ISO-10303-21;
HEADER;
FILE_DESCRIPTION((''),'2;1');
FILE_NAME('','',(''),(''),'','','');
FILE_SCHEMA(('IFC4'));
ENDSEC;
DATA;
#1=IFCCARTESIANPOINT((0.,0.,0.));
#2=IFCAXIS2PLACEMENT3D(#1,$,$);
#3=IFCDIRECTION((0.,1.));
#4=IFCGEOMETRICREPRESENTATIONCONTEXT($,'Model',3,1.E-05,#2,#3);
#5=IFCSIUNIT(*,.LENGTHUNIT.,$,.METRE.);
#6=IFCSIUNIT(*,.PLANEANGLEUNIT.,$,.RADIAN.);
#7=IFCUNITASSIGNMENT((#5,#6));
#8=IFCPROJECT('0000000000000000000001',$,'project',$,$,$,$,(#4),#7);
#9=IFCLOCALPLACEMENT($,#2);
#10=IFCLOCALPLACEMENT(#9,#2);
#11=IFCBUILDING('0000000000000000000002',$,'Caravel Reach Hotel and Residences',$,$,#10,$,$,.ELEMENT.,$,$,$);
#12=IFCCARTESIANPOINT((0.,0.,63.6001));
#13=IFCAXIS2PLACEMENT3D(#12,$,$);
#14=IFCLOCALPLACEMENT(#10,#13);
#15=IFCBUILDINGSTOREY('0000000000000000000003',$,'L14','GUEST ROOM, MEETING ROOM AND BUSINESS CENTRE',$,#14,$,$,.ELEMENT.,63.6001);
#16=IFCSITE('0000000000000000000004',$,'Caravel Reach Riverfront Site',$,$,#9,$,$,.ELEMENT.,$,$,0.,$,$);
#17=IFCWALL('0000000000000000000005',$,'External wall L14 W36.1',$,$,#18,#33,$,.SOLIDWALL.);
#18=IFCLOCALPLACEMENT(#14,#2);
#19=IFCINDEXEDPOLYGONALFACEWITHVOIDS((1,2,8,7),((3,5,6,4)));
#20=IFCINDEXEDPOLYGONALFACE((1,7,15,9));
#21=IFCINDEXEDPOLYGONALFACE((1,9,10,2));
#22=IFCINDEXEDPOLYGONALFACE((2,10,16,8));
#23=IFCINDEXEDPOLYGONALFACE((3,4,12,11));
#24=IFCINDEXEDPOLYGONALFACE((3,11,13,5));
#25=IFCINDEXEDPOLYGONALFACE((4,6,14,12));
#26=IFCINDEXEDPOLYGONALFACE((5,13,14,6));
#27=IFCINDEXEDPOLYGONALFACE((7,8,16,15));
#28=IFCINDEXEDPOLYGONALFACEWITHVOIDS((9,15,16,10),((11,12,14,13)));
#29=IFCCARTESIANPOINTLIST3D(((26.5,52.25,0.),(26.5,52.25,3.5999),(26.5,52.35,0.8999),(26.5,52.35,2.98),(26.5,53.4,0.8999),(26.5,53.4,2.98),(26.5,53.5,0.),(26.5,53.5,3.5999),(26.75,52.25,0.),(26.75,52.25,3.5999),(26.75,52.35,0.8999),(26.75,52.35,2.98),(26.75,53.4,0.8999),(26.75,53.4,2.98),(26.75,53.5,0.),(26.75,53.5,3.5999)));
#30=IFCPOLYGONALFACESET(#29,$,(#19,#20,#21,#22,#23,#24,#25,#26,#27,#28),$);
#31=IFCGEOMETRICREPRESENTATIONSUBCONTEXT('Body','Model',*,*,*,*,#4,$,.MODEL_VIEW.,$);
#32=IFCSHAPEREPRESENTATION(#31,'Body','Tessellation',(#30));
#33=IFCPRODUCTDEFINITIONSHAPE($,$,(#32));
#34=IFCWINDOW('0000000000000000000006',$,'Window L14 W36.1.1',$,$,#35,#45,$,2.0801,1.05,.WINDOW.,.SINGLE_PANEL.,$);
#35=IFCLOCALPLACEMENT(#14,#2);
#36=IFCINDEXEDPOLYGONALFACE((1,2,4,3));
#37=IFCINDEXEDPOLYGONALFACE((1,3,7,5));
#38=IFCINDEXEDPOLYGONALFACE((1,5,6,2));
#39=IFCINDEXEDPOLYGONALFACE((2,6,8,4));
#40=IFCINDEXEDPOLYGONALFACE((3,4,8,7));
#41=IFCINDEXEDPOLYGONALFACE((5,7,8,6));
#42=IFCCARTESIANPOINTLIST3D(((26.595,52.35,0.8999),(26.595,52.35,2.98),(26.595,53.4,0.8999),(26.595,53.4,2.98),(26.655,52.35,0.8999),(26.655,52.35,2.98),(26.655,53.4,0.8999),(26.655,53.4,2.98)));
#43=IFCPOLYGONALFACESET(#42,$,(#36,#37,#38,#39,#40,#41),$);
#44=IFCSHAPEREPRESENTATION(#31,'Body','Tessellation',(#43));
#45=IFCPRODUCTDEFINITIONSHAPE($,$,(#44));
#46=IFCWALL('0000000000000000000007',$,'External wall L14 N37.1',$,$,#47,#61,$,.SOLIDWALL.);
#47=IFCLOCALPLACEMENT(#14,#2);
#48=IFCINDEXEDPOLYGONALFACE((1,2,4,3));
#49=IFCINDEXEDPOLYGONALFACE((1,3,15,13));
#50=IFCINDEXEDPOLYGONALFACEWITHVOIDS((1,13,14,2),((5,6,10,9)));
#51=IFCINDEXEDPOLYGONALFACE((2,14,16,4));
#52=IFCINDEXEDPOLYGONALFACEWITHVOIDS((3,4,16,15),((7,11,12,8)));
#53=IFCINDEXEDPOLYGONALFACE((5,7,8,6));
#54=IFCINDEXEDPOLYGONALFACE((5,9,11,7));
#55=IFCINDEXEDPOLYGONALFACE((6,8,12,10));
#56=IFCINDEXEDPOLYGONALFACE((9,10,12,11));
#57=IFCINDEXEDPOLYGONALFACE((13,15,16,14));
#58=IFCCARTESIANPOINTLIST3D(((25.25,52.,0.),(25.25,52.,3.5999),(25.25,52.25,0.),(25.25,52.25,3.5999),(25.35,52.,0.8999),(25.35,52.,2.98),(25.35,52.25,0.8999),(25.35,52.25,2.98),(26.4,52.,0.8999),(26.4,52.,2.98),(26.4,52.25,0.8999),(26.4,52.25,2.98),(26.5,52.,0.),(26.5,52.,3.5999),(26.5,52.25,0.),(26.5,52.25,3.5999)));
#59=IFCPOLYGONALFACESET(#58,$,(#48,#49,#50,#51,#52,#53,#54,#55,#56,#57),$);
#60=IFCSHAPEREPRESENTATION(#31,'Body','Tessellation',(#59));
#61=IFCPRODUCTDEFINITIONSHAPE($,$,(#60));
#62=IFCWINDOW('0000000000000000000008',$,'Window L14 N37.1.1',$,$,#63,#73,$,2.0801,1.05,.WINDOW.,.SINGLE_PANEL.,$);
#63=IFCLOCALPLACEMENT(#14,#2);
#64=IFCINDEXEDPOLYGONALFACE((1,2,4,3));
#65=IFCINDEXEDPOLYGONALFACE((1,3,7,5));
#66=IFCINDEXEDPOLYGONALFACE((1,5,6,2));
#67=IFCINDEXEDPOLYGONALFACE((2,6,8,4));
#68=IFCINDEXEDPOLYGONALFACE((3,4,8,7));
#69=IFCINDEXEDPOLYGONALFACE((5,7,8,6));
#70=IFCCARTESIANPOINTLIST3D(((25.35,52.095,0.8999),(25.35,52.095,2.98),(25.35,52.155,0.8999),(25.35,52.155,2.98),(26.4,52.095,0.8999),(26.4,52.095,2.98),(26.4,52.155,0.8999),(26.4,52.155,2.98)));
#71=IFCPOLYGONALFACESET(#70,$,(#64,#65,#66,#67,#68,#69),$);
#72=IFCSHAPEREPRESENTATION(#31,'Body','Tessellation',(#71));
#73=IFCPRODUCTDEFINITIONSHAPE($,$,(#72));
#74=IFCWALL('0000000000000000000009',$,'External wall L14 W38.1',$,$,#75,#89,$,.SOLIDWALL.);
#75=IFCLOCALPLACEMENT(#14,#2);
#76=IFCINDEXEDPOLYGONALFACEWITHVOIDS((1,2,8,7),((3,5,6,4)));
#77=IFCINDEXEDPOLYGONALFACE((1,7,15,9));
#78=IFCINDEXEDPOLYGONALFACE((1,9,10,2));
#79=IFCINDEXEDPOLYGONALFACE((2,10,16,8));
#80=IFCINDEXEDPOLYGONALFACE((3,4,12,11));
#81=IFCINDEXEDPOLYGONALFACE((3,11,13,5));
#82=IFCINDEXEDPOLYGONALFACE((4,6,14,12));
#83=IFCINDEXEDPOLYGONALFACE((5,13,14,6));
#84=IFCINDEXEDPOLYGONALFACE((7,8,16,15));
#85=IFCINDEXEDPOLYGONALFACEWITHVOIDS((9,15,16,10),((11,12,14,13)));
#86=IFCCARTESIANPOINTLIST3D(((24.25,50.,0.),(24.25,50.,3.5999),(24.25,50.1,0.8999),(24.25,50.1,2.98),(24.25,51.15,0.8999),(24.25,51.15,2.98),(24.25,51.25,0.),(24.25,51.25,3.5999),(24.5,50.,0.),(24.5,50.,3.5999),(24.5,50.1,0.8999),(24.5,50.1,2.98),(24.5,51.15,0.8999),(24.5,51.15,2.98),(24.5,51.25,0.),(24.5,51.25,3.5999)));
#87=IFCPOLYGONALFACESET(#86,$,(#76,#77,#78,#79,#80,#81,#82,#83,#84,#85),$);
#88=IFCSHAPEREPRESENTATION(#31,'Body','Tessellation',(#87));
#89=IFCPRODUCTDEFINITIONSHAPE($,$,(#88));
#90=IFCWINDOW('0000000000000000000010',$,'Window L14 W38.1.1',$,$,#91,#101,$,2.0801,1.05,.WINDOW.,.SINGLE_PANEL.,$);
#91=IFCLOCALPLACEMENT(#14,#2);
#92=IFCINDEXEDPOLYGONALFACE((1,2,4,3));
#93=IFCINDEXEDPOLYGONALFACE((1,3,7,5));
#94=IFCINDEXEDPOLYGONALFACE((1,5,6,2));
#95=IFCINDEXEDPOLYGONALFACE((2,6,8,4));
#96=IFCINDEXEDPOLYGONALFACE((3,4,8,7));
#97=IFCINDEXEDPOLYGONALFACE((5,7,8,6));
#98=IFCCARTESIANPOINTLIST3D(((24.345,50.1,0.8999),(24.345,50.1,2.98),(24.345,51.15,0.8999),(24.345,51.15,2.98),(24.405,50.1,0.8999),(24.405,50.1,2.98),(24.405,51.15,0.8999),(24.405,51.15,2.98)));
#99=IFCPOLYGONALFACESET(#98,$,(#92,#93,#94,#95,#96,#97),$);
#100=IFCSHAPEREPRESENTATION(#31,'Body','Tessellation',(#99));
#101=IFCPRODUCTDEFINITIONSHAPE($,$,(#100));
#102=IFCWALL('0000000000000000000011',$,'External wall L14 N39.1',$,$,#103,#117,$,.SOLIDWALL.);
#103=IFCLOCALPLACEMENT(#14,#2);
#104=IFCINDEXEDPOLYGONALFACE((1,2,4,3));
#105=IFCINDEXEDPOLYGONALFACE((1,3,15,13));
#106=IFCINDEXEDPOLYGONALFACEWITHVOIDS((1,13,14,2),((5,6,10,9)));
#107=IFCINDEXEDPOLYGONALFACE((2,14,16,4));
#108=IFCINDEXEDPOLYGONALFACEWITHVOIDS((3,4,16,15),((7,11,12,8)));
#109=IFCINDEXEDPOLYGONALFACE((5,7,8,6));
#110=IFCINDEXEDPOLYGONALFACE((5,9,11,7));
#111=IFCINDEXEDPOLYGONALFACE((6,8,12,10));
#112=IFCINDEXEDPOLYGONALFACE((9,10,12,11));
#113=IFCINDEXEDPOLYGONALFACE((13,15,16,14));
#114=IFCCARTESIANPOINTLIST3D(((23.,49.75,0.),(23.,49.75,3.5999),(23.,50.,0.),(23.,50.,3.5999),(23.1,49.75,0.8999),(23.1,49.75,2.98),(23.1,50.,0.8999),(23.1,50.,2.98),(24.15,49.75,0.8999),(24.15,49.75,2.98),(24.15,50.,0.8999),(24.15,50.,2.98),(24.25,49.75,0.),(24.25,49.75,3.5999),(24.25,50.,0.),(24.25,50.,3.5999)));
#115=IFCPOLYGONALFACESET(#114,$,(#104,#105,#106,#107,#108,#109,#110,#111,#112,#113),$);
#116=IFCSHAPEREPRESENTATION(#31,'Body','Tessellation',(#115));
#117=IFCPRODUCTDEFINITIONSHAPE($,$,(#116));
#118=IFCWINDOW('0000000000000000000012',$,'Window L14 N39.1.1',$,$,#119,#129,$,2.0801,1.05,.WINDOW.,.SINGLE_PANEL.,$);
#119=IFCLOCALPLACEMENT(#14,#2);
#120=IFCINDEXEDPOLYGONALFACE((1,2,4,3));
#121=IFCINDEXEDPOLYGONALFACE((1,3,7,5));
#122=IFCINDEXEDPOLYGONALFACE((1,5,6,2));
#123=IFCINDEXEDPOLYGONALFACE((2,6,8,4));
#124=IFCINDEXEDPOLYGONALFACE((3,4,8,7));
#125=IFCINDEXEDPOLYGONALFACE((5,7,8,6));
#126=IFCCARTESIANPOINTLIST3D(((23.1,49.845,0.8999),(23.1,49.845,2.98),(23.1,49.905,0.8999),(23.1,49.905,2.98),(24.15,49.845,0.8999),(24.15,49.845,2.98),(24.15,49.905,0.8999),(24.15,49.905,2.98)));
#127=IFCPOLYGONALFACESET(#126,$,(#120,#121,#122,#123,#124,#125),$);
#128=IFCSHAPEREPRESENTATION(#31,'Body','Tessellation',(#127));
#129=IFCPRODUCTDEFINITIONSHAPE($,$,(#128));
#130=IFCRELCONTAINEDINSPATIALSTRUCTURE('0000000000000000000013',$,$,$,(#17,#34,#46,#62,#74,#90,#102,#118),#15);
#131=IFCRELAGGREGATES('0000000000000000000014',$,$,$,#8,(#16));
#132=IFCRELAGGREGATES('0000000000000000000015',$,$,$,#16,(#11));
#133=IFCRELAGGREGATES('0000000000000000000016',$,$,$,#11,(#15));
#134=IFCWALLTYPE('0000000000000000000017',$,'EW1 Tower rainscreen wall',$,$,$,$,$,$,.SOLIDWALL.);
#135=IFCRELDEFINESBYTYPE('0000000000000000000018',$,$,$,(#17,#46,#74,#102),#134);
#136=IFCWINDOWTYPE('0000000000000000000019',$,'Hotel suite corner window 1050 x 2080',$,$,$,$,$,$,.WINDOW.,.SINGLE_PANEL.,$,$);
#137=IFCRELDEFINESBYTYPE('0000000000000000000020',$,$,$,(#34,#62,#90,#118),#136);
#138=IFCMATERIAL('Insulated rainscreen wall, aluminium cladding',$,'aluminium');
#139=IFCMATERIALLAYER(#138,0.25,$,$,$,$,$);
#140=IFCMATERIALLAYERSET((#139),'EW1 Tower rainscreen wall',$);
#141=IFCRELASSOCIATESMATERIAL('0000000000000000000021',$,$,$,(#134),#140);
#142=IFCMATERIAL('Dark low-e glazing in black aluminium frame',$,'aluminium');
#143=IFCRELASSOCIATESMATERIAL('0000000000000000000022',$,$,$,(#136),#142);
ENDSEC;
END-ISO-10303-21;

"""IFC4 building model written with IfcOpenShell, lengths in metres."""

from ifc_helpers import new_model, si_unit, direction, frame, frame_2d, origin, place, context, subcontext, project, spatial, rectangle, extrude, material, layer, layer_set, type_object, element, fill, save


model = new_model("IFC4")

# Units and contexts
model_context = context("Model", 3, precision=1e-05, world=origin(), true_north=direction((0.0, 1.0)))
body_context = subcontext(model_context, "Body", "Model", "MODEL_VIEW")
ifc_project = project(units=[si_unit("LENGTHUNIT", "METRE"), si_unit("PLANEANGLEUNIT", "RADIAN")], contexts=[model_context])

# Site, building, storey
site_placement = place(None, origin())
site = spatial("IfcSite", under=ifc_project, at=site_placement, Name="Caravel Reach Riverfront Site", CompositionType="ELEMENT", RefElevation=0.0)
building_placement = place(site_placement, origin())
building = spatial("IfcBuilding", under=site, at=building_placement, Name="Caravel Reach Hotel and Residences", CompositionType="ELEMENT")
storey_placement = place(building_placement, frame((0.0, 0.0, 63.6001)))
storey = spatial("IfcBuildingStorey", under=building, at=storey_placement, Name="L14", Description="GUEST ROOM, MEETING ROOM AND BUSINESS CENTRE", CompositionType="ELEMENT", Elevation=63.6001)

# Walls, openings, windows
ifc_material_1 = material(Name="Insulated rainscreen wall, aluminium cladding", Category="aluminium")
ifc_layer_1 = layer(ifc_material_1, 0.25)
ifc_layer_set_1 = layer_set([ifc_layer_1], Name="EW1 Tower rainscreen wall")
wall_type_1 = type_object("IfcWallType", Name="EW1 Tower rainscreen wall", PredefinedType="SOLIDWALL", material=ifc_layer_set_1)
wall_1_placement = place(storey_placement, frame((26.625, 53.5, 0.0), z_axis=(0.0, 0.0, 1.0), x_axis=(0.0, -1.0, 0.0)))
wall_1 = element("IfcWall", 1, at=wall_1_placement, inside=storey, type_object=wall_type_1, Name="External wall L14 W36.1", PredefinedType="SOLIDWALL", context=body_context, shape_type="SweptSolid", body=[
    extrude(rectangle(XDim=1.25, YDim=0.25, at=frame_2d((0.625, 0.0))), origin(), (0.0, 0.0, 1.0), 3.5999),
])
opening_1_placement = place(wall_1_placement, frame((0.1001, 0.0, 0.8999)))
opening_1 = element("IfcOpeningElement", 2, at=opening_1_placement, cuts=wall_1, PredefinedType="OPENING", context=body_context, shape_type="SweptSolid", body=[
    extrude(rectangle(XDim=1.05, YDim=2.0801, at=frame_2d((0.5249, 1.04))), frame((0.0, 0.135, 0.0), z_axis=(0.0, -1.0, 0.0), x_axis=(1.0, 0.0, 0.0)), (0.0, 0.0, 1.0), 0.27),
])
ifc_material_2 = material(Name="Dark low-e glazing in black aluminium frame", Category="aluminium")
window_type_1 = type_object("IfcWindowType", Name="Hotel suite corner window 1050 x 2080", PartitioningType="SINGLE_PANEL", PredefinedType="WINDOW", material=ifc_material_2)
window_1_placement = place(opening_1_placement, origin())
window_1 = element("IfcWindow", 3, at=window_1_placement, inside=storey, type_object=window_type_1, Name="Window L14 W36.1.1", OverallHeight=2.0801, OverallWidth=1.05, PartitioningType="SINGLE_PANEL", PredefinedType="WINDOW", context=body_context, shape_type="SweptSolid", body=[
    extrude(rectangle(XDim=1.05, YDim=2.0801, at=frame_2d((0.5249, 1.04))), frame((0.0, 0.03, 0.0), z_axis=(0.0, -1.0, 0.0), x_axis=(1.0, 0.0, 0.0)), (0.0, 0.0, 1.0), 0.0601),
])
fill(opening_1, window_1)
wall_2_placement = place(storey_placement, frame((26.5, 52.125, 0.0), z_axis=(0.0, 0.0, 1.0), x_axis=(-1.0, 0.0, 0.0)))
wall_2 = element("IfcWall", 4, at=wall_2_placement, inside=storey, type_object=wall_type_1, Name="External wall L14 N37.1", PredefinedType="SOLIDWALL", context=body_context, shape_type="SweptSolid", body=[
    extrude(rectangle(XDim=1.25, YDim=0.25, at=frame_2d((0.625, 0.0))), origin(), (0.0, 0.0, 1.0), 3.5999),
])
opening_2_placement = place(wall_2_placement, frame((0.1001, 0.0, 0.8999)))
opening_2 = element("IfcOpeningElement", 5, at=opening_2_placement, cuts=wall_2, PredefinedType="OPENING", context=body_context, shape_type="SweptSolid", body=[
    extrude(rectangle(XDim=1.05, YDim=2.0801, at=frame_2d((0.5249, 1.04))), frame((0.0, 0.135, 0.0), z_axis=(0.0, -1.0, 0.0), x_axis=(1.0, 0.0, 0.0)), (0.0, 0.0, 1.0), 0.27),
])
window_2_placement = place(opening_2_placement, origin())
window_2 = element("IfcWindow", 6, at=window_2_placement, inside=storey, type_object=window_type_1, Name="Window L14 N37.1.1", OverallHeight=2.0801, OverallWidth=1.05, PartitioningType="SINGLE_PANEL", PredefinedType="WINDOW", context=body_context, shape_type="SweptSolid", body=[
    extrude(rectangle(XDim=1.05, YDim=2.0801, at=frame_2d((0.5249, 1.04))), frame((0.0, 0.03, 0.0), z_axis=(0.0, -1.0, 0.0), x_axis=(1.0, 0.0, 0.0)), (0.0, 0.0, 1.0), 0.0601),
])
fill(opening_2, window_2)
wall_3_placement = place(storey_placement, frame((24.375, 51.25, 0.0), z_axis=(0.0, 0.0, 1.0), x_axis=(0.0, -1.0, 0.0)))
wall_3 = element("IfcWall", 7, at=wall_3_placement, inside=storey, type_object=wall_type_1, Name="External wall L14 W38.1", PredefinedType="SOLIDWALL", context=body_context, shape_type="SweptSolid", body=[
    extrude(rectangle(XDim=1.25, YDim=0.25, at=frame_2d((0.625, 0.0))), origin(), (0.0, 0.0, 1.0), 3.5999),
])
opening_3_placement = place(wall_3_placement, frame((0.1001, 0.0, 0.8999)))
opening_3 = element("IfcOpeningElement", 8, at=opening_3_placement, cuts=wall_3, PredefinedType="OPENING", context=body_context, shape_type="SweptSolid", body=[
    extrude(rectangle(XDim=1.05, YDim=2.0801, at=frame_2d((0.5249, 1.04))), frame((0.0, 0.135, 0.0), z_axis=(0.0, -1.0, 0.0), x_axis=(1.0, 0.0, 0.0)), (0.0, 0.0, 1.0), 0.27),
])
window_3_placement = place(opening_3_placement, origin())
window_3 = element("IfcWindow", 9, at=window_3_placement, inside=storey, type_object=window_type_1, Name="Window L14 W38.1.1", OverallHeight=2.0801, OverallWidth=1.05, PartitioningType="SINGLE_PANEL", PredefinedType="WINDOW", context=body_context, shape_type="SweptSolid", body=[
    extrude(rectangle(XDim=1.05, YDim=2.0801, at=frame_2d((0.5249, 1.04))), frame((0.0, 0.03, 0.0), z_axis=(0.0, -1.0, 0.0), x_axis=(1.0, 0.0, 0.0)), (0.0, 0.0, 1.0), 0.0601),
])
fill(opening_3, window_3)
wall_4_placement = place(storey_placement, frame((24.25, 49.875, 0.0), z_axis=(0.0, 0.0, 1.0), x_axis=(-1.0, 0.0, 0.0)))
wall_4 = element("IfcWall", 10, at=wall_4_placement, inside=storey, type_object=wall_type_1, Name="External wall L14 N39.1", PredefinedType="SOLIDWALL", context=body_context, shape_type="SweptSolid", body=[
    extrude(rectangle(XDim=1.25, YDim=0.25, at=frame_2d((0.625, 0.0))), origin(), (0.0, 0.0, 1.0), 3.5999),
])
opening_4_placement = place(wall_4_placement, frame((0.1001, 0.0, 0.8999)))
opening_4 = element("IfcOpeningElement", 11, at=opening_4_placement, cuts=wall_4, PredefinedType="OPENING", context=body_context, shape_type="SweptSolid", body=[
    extrude(rectangle(XDim=1.05, YDim=2.0801, at=frame_2d((0.5249, 1.04))), frame((0.0, 0.135, 0.0), z_axis=(0.0, -1.0, 0.0), x_axis=(1.0, 0.0, 0.0)), (0.0, 0.0, 1.0), 0.27),
])
window_4_placement = place(opening_4_placement, origin())
window_4 = element("IfcWindow", 12, at=window_4_placement, inside=storey, type_object=window_type_1, Name="Window L14 N39.1.1", OverallHeight=2.0801, OverallWidth=1.05, PartitioningType="SINGLE_PANEL", PredefinedType="WINDOW", context=body_context, shape_type="SweptSolid", body=[
    extrude(rectangle(XDim=1.05, YDim=2.0801, at=frame_2d((0.5249, 1.04))), frame((0.0, 0.03, 0.0), z_axis=(0.0, -1.0, 0.0), x_axis=(1.0, 0.0, 0.0)), (0.0, 0.0, 1.0), 0.0601),
])
fill(opening_4, window_4)

save(model, "model.ifc")
